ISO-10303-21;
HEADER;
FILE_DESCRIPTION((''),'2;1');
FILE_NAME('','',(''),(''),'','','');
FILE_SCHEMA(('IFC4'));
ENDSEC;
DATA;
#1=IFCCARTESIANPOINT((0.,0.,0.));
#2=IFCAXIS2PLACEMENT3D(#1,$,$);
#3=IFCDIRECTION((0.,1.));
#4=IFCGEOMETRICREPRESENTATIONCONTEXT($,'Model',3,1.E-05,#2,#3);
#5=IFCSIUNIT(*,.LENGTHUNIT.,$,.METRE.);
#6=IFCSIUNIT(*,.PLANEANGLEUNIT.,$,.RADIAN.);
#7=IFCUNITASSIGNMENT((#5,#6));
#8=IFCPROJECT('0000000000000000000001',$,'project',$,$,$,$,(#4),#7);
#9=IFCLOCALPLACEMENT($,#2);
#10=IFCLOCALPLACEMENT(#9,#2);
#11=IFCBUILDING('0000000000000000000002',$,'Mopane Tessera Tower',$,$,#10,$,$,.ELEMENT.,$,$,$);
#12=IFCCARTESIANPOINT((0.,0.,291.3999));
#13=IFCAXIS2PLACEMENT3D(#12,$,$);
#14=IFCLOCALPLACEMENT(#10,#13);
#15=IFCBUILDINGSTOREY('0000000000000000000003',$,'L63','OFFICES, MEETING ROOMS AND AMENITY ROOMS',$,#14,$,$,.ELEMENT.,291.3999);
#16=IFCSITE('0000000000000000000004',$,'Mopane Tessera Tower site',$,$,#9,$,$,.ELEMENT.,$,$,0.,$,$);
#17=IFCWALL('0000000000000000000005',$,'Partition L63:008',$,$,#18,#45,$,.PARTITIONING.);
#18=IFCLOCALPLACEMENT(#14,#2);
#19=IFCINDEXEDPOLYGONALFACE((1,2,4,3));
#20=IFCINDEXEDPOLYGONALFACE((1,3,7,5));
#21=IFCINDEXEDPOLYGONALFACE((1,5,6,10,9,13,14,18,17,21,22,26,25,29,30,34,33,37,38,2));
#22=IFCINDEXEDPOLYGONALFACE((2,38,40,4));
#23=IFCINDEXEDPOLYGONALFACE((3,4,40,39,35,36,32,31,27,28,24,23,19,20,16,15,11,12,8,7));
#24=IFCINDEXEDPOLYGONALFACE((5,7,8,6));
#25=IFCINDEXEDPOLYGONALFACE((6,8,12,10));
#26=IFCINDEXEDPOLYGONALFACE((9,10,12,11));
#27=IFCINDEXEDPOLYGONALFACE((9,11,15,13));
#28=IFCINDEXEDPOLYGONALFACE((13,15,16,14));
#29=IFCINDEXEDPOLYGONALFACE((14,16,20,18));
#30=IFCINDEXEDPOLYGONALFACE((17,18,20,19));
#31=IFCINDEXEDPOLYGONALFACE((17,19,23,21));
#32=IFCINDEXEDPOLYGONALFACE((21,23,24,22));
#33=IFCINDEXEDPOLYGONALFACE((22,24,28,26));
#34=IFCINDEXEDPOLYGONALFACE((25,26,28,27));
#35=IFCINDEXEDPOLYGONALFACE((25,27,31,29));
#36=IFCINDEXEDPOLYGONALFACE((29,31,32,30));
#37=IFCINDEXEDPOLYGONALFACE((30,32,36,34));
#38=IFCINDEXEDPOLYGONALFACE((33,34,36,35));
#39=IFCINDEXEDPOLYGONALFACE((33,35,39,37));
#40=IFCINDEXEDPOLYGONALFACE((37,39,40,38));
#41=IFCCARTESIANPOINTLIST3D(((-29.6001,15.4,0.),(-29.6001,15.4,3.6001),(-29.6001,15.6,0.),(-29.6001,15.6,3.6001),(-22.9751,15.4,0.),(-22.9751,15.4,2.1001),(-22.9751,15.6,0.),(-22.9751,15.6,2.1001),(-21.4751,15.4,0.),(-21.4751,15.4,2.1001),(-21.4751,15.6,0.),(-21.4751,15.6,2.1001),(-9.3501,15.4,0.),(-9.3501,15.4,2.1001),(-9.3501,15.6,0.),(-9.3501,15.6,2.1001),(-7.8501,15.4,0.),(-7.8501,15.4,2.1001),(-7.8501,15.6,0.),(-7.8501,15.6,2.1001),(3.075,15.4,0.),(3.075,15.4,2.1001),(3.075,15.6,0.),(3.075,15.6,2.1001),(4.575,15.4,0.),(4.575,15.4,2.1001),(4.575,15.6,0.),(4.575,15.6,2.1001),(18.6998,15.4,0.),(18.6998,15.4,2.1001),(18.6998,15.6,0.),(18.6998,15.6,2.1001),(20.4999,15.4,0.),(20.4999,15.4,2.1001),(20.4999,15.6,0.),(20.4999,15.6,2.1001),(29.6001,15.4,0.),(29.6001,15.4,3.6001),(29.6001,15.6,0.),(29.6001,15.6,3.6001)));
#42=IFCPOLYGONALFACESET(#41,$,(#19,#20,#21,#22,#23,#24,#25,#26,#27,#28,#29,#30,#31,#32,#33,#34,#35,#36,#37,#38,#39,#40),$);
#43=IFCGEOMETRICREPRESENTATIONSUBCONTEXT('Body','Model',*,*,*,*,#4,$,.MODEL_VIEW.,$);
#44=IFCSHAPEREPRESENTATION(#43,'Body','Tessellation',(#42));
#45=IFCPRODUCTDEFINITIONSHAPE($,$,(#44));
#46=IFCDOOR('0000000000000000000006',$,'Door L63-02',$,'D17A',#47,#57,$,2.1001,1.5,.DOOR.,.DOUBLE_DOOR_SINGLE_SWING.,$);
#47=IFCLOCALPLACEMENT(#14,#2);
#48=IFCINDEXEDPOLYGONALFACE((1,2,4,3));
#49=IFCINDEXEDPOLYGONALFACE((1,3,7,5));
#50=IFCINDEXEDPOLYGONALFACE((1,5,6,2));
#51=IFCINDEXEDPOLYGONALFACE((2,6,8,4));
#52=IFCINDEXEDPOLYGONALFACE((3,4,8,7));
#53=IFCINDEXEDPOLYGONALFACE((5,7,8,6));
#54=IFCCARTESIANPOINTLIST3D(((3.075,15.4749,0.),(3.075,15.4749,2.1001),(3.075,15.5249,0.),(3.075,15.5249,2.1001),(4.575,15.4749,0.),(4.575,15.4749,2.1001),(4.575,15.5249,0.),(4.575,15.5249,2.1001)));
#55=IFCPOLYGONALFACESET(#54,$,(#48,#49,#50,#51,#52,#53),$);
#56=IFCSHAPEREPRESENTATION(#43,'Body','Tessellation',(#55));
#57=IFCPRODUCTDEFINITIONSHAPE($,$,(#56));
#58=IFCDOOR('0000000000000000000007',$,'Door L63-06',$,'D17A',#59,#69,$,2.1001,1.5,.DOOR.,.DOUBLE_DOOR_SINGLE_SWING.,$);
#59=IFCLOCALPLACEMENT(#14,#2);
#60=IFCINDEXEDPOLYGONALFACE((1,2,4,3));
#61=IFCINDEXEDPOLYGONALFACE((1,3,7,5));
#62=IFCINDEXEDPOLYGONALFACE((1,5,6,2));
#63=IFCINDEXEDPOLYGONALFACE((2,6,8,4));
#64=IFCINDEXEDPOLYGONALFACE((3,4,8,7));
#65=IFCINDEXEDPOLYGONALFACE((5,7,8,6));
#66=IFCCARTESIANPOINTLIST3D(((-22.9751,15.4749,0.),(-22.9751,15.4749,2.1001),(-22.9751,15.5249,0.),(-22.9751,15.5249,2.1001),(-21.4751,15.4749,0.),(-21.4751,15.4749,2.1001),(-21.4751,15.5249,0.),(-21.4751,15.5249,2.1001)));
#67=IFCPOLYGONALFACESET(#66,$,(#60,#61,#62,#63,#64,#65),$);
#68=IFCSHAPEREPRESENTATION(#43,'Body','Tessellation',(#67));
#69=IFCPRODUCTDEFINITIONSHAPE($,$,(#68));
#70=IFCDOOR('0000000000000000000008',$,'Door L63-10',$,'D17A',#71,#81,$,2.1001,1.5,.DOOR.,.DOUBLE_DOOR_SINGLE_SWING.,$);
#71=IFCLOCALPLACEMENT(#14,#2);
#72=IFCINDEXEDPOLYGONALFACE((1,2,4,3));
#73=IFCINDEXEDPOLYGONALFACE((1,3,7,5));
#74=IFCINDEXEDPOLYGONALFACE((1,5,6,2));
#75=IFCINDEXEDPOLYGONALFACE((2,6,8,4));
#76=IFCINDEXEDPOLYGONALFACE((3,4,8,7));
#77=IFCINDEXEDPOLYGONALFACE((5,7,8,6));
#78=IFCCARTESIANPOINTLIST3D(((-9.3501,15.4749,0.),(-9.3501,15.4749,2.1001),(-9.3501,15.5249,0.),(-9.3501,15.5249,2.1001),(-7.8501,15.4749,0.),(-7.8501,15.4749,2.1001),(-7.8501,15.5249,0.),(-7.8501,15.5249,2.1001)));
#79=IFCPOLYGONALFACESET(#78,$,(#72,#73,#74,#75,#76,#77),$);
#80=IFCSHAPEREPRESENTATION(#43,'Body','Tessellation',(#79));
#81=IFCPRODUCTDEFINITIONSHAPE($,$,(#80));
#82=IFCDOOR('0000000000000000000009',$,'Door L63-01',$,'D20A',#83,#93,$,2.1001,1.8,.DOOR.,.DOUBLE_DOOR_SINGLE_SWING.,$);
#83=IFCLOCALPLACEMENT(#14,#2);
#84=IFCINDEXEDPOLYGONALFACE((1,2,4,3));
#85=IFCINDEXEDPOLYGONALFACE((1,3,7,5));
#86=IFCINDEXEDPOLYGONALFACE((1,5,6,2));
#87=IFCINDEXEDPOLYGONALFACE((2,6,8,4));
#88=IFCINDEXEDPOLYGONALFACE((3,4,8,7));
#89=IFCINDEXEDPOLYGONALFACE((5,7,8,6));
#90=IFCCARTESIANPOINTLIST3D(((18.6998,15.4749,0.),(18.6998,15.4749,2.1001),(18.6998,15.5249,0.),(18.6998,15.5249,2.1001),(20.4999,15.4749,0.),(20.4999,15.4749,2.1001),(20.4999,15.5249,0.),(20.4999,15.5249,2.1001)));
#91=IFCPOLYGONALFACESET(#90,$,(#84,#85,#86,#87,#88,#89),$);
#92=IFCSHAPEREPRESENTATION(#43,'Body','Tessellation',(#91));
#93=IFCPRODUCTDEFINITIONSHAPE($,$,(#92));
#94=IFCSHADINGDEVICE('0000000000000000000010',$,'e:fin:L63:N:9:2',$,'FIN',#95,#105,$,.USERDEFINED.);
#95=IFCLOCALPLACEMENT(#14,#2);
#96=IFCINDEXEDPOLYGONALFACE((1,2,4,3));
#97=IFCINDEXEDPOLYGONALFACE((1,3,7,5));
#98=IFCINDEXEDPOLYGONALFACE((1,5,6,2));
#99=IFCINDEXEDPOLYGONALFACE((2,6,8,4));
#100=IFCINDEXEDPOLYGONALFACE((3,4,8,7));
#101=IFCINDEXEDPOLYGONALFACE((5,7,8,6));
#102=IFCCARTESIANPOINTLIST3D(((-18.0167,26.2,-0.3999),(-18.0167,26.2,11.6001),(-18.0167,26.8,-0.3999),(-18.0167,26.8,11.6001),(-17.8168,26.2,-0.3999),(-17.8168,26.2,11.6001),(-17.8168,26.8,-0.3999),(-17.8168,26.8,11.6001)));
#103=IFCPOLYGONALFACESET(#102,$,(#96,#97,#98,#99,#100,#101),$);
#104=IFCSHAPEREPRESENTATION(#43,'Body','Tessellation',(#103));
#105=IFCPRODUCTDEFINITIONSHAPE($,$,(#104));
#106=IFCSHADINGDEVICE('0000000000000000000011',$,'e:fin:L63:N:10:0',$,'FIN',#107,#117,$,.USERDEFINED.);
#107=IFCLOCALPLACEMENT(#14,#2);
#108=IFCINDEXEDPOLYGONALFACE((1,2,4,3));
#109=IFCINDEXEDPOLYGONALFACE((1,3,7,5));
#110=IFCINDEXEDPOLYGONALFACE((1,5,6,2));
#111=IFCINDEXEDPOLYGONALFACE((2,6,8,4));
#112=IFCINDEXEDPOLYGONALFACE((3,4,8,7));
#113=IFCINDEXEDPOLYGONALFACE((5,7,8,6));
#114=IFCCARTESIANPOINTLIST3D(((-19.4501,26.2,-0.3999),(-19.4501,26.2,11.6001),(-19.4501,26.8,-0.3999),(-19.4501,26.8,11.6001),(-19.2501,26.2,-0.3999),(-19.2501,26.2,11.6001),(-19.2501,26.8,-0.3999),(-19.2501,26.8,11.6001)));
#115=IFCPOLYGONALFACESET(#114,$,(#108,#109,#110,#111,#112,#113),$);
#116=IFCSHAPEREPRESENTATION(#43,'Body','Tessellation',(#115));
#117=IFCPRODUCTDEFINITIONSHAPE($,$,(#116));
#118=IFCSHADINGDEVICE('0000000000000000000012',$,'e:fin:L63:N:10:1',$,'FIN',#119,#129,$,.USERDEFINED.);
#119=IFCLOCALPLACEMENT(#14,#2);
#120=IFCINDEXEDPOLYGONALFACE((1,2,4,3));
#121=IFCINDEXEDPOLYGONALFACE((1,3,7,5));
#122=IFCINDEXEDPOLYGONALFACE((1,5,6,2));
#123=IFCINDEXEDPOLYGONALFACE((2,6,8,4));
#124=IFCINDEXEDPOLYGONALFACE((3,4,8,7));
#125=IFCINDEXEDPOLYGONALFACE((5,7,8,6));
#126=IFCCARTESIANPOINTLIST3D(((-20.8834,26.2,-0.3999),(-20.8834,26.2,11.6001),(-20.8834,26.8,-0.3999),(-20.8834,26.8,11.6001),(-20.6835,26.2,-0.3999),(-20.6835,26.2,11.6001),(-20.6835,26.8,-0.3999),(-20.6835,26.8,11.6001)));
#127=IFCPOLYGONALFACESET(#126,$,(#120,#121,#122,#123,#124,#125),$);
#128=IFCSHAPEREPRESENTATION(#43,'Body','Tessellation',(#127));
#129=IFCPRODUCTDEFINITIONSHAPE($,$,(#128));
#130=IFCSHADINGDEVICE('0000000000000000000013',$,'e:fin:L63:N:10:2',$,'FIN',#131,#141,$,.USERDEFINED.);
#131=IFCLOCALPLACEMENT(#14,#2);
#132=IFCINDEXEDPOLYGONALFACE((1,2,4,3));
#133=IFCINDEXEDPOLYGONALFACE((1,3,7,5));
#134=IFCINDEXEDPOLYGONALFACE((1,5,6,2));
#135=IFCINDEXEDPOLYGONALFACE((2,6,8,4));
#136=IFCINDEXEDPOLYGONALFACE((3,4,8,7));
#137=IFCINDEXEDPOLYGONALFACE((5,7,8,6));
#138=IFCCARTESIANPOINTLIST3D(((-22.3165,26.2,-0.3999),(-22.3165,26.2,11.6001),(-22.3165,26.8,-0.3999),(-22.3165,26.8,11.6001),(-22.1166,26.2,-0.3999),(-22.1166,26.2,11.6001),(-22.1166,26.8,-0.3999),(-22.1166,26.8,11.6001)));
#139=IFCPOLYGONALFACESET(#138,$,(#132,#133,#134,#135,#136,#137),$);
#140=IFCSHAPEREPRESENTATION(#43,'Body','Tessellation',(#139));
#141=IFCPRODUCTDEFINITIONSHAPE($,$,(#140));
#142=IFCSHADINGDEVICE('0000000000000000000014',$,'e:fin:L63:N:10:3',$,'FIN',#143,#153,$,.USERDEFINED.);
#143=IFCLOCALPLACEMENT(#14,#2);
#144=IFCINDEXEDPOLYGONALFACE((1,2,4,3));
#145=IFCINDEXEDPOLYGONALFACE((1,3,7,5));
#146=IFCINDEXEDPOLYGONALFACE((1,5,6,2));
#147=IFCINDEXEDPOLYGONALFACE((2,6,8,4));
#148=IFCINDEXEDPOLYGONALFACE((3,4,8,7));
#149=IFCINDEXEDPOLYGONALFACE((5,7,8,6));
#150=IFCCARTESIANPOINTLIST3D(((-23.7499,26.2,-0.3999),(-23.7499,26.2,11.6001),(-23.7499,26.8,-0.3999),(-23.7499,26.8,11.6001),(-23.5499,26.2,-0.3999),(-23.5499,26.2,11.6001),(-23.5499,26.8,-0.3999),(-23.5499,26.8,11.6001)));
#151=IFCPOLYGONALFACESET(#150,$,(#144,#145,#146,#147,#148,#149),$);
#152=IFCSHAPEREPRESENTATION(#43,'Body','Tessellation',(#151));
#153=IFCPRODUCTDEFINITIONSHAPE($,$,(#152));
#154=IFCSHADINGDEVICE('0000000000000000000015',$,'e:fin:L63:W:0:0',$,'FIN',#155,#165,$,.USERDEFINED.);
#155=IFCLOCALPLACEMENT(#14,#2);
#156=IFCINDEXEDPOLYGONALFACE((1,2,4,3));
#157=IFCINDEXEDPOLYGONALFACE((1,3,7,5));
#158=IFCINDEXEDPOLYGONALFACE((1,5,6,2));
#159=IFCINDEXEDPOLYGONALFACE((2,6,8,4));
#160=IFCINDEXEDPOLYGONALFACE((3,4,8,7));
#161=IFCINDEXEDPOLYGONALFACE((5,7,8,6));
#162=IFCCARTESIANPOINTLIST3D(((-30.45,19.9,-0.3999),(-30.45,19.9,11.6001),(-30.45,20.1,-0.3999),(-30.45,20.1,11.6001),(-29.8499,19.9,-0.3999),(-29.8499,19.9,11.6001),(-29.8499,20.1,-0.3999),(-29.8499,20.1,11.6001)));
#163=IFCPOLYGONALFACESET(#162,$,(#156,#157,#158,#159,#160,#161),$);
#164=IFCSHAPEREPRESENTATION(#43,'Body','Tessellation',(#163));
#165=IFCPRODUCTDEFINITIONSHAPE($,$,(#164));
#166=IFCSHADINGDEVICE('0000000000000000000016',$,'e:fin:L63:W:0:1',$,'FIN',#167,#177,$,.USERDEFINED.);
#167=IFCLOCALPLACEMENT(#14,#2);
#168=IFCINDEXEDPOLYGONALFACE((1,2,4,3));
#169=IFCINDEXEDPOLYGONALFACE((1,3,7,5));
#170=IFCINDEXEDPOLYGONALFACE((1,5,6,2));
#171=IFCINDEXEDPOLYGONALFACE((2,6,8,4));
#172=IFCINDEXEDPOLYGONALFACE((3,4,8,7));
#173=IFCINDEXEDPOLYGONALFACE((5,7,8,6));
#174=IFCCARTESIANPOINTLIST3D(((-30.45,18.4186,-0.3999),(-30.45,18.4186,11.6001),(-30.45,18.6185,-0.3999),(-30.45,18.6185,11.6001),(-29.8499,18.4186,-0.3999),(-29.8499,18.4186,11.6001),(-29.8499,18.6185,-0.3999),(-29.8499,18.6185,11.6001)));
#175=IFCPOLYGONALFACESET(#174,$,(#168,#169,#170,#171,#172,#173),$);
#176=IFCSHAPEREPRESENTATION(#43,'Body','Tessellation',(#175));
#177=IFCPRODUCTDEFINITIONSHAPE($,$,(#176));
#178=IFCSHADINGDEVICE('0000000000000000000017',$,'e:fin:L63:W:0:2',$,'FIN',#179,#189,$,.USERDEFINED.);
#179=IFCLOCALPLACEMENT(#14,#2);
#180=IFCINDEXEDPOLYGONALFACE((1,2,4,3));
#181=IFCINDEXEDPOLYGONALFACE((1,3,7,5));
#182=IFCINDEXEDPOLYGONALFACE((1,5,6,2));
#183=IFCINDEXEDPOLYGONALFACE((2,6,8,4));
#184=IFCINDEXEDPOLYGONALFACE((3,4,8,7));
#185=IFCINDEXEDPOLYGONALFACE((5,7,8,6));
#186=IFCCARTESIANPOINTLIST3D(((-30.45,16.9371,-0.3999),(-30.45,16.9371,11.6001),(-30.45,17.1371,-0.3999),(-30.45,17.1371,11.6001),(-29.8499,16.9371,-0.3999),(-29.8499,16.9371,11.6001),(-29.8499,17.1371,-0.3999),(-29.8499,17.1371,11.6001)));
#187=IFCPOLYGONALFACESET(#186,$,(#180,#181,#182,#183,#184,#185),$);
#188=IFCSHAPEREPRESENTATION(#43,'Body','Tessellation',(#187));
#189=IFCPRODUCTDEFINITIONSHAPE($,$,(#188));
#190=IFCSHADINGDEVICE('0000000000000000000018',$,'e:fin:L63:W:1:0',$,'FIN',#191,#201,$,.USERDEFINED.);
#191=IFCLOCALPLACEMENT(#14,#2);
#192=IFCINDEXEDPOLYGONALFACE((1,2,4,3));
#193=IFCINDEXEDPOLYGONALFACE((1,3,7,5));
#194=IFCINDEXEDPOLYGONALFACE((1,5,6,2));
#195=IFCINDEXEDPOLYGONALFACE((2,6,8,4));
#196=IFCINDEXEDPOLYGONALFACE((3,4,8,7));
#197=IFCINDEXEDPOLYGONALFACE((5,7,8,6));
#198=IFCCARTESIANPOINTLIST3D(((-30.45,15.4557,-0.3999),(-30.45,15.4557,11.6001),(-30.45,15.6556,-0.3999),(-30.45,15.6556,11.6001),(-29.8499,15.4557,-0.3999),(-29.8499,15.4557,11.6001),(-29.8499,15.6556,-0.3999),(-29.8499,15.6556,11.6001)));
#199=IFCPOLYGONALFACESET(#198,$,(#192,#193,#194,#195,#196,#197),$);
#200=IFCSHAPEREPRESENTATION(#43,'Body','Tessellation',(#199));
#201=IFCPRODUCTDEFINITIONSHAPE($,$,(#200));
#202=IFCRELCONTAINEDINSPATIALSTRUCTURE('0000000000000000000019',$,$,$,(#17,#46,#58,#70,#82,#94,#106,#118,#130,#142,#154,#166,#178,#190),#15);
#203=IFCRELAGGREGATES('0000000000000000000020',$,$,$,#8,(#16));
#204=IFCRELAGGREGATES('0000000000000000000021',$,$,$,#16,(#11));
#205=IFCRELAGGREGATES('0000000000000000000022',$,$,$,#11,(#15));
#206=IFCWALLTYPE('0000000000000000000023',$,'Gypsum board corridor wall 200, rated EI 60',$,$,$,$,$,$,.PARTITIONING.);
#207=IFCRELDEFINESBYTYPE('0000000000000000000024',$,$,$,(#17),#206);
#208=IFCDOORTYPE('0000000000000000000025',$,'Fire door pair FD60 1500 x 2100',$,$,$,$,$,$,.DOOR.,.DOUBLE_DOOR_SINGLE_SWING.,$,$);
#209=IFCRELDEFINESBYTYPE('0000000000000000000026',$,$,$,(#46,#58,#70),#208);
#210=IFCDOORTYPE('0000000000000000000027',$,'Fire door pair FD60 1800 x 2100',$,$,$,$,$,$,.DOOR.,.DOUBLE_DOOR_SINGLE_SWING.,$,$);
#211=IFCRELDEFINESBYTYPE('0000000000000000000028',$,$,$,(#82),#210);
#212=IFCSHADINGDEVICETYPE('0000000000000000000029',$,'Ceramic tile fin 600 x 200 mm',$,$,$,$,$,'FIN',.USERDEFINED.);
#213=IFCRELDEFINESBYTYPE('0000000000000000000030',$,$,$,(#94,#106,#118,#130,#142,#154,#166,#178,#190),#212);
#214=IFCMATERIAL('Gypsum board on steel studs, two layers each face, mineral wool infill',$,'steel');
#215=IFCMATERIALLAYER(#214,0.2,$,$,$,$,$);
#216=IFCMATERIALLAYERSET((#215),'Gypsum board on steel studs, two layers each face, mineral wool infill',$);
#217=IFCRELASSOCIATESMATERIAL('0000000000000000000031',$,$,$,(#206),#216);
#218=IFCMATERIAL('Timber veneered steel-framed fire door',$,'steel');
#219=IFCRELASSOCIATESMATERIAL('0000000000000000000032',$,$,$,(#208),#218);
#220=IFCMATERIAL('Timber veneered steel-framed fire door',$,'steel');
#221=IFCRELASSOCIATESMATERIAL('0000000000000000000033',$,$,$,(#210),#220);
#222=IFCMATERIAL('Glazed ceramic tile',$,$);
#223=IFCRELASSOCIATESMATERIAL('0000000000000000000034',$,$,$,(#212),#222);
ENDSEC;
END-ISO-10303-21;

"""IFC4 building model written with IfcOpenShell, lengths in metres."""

from ifc_helpers import new_model, si_unit, direction, frame, frame_2d, origin, origin_2d, place, context, subcontext, project, spatial, rectangle, extrude, material, layer, layer_set, type_object, element, fill, save


model = new_model("IFC4")

# Units and contexts
model_context = context("Model", 3, precision=1e-05, world=origin(), true_north=direction((0.0, 1.0)))
body_context = subcontext(model_context, "Body", "Model", "MODEL_VIEW")
ifc_project = project(units=[si_unit("LENGTHUNIT", "METRE"), si_unit("PLANEANGLEUNIT", "RADIAN")], contexts=[model_context])

# Site, building, storey
site_placement = place(None, origin())
site = spatial("IfcSite", under=ifc_project, at=site_placement, Name="Mopane Tessera Tower site", CompositionType="ELEMENT", RefElevation=0.0)
building_placement = place(site_placement, origin())
building = spatial("IfcBuilding", under=site, at=building_placement, Name="Mopane Tessera Tower", CompositionType="ELEMENT")
storey_placement = place(building_placement, frame((0.0, 0.0, 291.3999)))
storey = spatial("IfcBuildingStorey", under=building, at=storey_placement, Name="L63", Description="OFFICES, MEETING ROOMS AND AMENITY ROOMS", CompositionType="ELEMENT", Elevation=291.3999)

# Wall, openings, doors
ifc_material_1 = material(Name="Gypsum board on steel studs, two layers each face, mineral wool infill", Category="steel")
ifc_layer_1 = layer(ifc_material_1, 0.2)
ifc_layer_set_1 = layer_set([ifc_layer_1], Name="Gypsum board on steel studs, two layers each face, mineral wool infill")
wall_type = type_object("IfcWallType", Name="Gypsum board corridor wall 200, rated EI 60", PredefinedType="PARTITIONING", material=ifc_layer_set_1)
wall_placement = place(storey_placement, frame((-29.6001, 15.5, 0.0), z_axis=(0.0, 0.0, 1.0), x_axis=(1.0, 0.0, 0.0)))
wall = element("IfcWall", 1, at=wall_placement, inside=storey, type_object=wall_type, Name="Partition L63:008", PredefinedType="PARTITIONING", context=body_context, shape_type="SweptSolid", body=[
    extrude(rectangle(XDim=59.2002, YDim=0.2, at=frame_2d((29.6001, 0.0))), origin(), (0.0, 0.0, 1.0), 3.6001),
])
opening_1_placement = place(wall_placement, frame((48.3, 0.0, 0.0)))
opening_1 = element("IfcOpeningElement", 2, at=opening_1_placement, cuts=wall, PredefinedType="OPENING", context=body_context, shape_type="SweptSolid", body=[
    extrude(rectangle(XDim=1.8, YDim=2.1001, at=frame_2d((0.8999, 1.05))), frame((0.0, 0.1121, 0.0), z_axis=(0.0, -1.0, 0.0), x_axis=(1.0, 0.0, 0.0)), (0.0, 0.0, 1.0), 0.2239),
])
opening_2_placement = place(wall_placement, frame((32.675, 0.0, 0.0)))
opening_2 = element("IfcOpeningElement", 3, at=opening_2_placement, cuts=wall, PredefinedType="OPENING", context=body_context, shape_type="SweptSolid", body=[
    extrude(rectangle(XDim=1.5, YDim=2.1001, at=frame_2d((0.75, 1.05))), frame((0.0, 0.1121, 0.0), z_axis=(0.0, -1.0, 0.0), x_axis=(1.0, 0.0, 0.0)), (0.0, 0.0, 1.0), 0.2239),
])
opening_3_placement = place(wall_placement, frame((6.625, 0.0, 0.0)))
opening_3 = element("IfcOpeningElement", 4, at=opening_3_placement, cuts=wall, PredefinedType="OPENING", context=body_context, shape_type="SweptSolid", body=[
    extrude(rectangle(XDim=1.5, YDim=2.1001, at=frame_2d((0.75, 1.05))), frame((0.0, 0.1121, 0.0), z_axis=(0.0, -1.0, 0.0), x_axis=(1.0, 0.0, 0.0)), (0.0, 0.0, 1.0), 0.2239),
])
opening_4_placement = place(wall_placement, frame((20.25, 0.0, 0.0)))
opening_4 = element("IfcOpeningElement", 5, at=opening_4_placement, cuts=wall, PredefinedType="OPENING", context=body_context, shape_type="SweptSolid", body=[
    extrude(rectangle(XDim=1.5, YDim=2.1001, at=frame_2d((0.75, 1.05))), frame((0.0, 0.1121, 0.0), z_axis=(0.0, -1.0, 0.0), x_axis=(1.0, 0.0, 0.0)), (0.0, 0.0, 1.0), 0.2239),
])
ifc_material_2 = material(Name="Timber veneered steel-framed fire door", Category="steel")
door_type_1 = type_object("IfcDoorType", Name="Fire door pair FD60 1500 x 2100", OperationType="DOUBLE_DOOR_SINGLE_SWING", PredefinedType="DOOR", material=ifc_material_2)
door_1_placement = place(opening_2_placement, origin())
door_1 = element("IfcDoor", 6, at=door_1_placement, inside=storey, type_object=door_type_1, Name="Door L63-02", ObjectType="D17A", OperationType="DOUBLE_DOOR_SINGLE_SWING", OverallHeight=2.1001, OverallWidth=1.5, PredefinedType="DOOR", context=body_context, shape_type="SweptSolid", body=[
    extrude(rectangle(XDim=1.5, YDim=2.1001, at=frame_2d((0.75, 1.05))), frame((0.0, 0.0249, 0.0), z_axis=(0.0, -1.0, 0.0), x_axis=(1.0, 0.0, 0.0)), (0.0, 0.0, 1.0), 0.05),
])
fill(opening_2, door_1)
door_2_placement = place(opening_3_placement, origin())
door_2 = element("IfcDoor", 7, at=door_2_placement, inside=storey, type_object=door_type_1, Name="Door L63-06", ObjectType="D17A", OperationType="DOUBLE_DOOR_SINGLE_SWING", OverallHeight=2.1001, OverallWidth=1.5, PredefinedType="DOOR", context=body_context, shape_type="SweptSolid", body=[
    extrude(rectangle(XDim=1.5, YDim=2.1001, at=frame_2d((0.75, 1.05))), frame((0.0, 0.0249, 0.0), z_axis=(0.0, -1.0, 0.0), x_axis=(1.0, 0.0, 0.0)), (0.0, 0.0, 1.0), 0.05),
])
fill(opening_3, door_2)
door_3_placement = place(opening_4_placement, origin())
door_3 = element("IfcDoor", 8, at=door_3_placement, inside=storey, type_object=door_type_1, Name="Door L63-10", ObjectType="D17A", OperationType="DOUBLE_DOOR_SINGLE_SWING", OverallHeight=2.1001, OverallWidth=1.5, PredefinedType="DOOR", context=body_context, shape_type="SweptSolid", body=[
    extrude(rectangle(XDim=1.5, YDim=2.1001, at=frame_2d((0.75, 1.05))), frame((0.0, 0.0249, 0.0), z_axis=(0.0, -1.0, 0.0), x_axis=(1.0, 0.0, 0.0)), (0.0, 0.0, 1.0), 0.05),
])
fill(opening_4, door_3)
ifc_material_3 = material(Name="Timber veneered steel-framed fire door", Category="steel")
door_type_2 = type_object("IfcDoorType", Name="Fire door pair FD60 1800 x 2100", OperationType="DOUBLE_DOOR_SINGLE_SWING", PredefinedType="DOOR", material=ifc_material_3)
door_4_placement = place(opening_1_placement, origin())
door_4 = element("IfcDoor", 9, at=door_4_placement, inside=storey, type_object=door_type_2, Name="Door L63-01", ObjectType="D20A", OperationType="DOUBLE_DOOR_SINGLE_SWING", OverallHeight=2.1001, OverallWidth=1.8, PredefinedType="DOOR", context=body_context, shape_type="SweptSolid", body=[
    extrude(rectangle(XDim=1.8, YDim=2.1001, at=frame_2d((0.8999, 1.05))), frame((0.0, 0.0249, 0.0), z_axis=(0.0, -1.0, 0.0), x_axis=(1.0, 0.0, 0.0)), (0.0, 0.0, 1.0), 0.05),
])
fill(opening_1, door_4)

# Shading devices
ifc_material_4 = material(Name="Glazed ceramic tile")
shading_device_type = type_object("IfcShadingDeviceType", Name="Ceramic tile fin 600 x 200 mm", ElementType="FIN", PredefinedType="USERDEFINED", material=ifc_material_4)
for number, where, z_axis, x_axis, name in (
    (10, (-17.9167, 26.5, -0.3999), (0.0, 0.0, 1.0), (-1.0, 0.0, 0.0), "e:fin:L63:N:9:2"),
    (11, (-19.3501, 26.5, -0.3999), (0.0, 0.0, 1.0), (-1.0, 0.0, 0.0), "e:fin:L63:N:10:0"),
    (12, (-20.7834, 26.5, -0.3999), (0.0, 0.0, 1.0), (-1.0, 0.0, 0.0), "e:fin:L63:N:10:1"),
    (13, (-22.2166, 26.5, -0.3999), (0.0, 0.0, 1.0), (-1.0, 0.0, 0.0), "e:fin:L63:N:10:2"),
    (14, (-23.6499, 26.5, -0.3999), (0.0, 0.0, 1.0), (-1.0, 0.0, 0.0), "e:fin:L63:N:10:3"),
    (15, (-30.1499, 20.0, -0.3999), (0.0, 0.0, 1.0), (0.0, -1.0, 0.0), "e:fin:L63:W:0:0"),
    (16, (-30.1499, 18.5186, -0.3999), (0.0, 0.0, 1.0), (0.0, -1.0, 0.0), "e:fin:L63:W:0:1"),
    (17, (-30.1499, 17.0371, -0.3999), (0.0, 0.0, 1.0), (0.0, -1.0, 0.0), "e:fin:L63:W:0:2"),
    (18, (-30.1499, 15.5557, -0.3999), (0.0, 0.0, 1.0), (0.0, -1.0, 0.0), "e:fin:L63:W:1:0"),
):
    element("IfcShadingDevice", number, at=place(storey_placement, frame(where, z_axis=z_axis, x_axis=x_axis)), inside=storey, type_object=shading_device_type, Name=name, ObjectType="FIN", PredefinedType="USERDEFINED", context=body_context, shape_type="SweptSolid", body=[
        extrude(rectangle(XDim=0.2, YDim=0.6001, at=origin_2d()), origin(), (0.0, 0.0, 1.0), 12.0),
    ])

save(model, "model.ifc")
